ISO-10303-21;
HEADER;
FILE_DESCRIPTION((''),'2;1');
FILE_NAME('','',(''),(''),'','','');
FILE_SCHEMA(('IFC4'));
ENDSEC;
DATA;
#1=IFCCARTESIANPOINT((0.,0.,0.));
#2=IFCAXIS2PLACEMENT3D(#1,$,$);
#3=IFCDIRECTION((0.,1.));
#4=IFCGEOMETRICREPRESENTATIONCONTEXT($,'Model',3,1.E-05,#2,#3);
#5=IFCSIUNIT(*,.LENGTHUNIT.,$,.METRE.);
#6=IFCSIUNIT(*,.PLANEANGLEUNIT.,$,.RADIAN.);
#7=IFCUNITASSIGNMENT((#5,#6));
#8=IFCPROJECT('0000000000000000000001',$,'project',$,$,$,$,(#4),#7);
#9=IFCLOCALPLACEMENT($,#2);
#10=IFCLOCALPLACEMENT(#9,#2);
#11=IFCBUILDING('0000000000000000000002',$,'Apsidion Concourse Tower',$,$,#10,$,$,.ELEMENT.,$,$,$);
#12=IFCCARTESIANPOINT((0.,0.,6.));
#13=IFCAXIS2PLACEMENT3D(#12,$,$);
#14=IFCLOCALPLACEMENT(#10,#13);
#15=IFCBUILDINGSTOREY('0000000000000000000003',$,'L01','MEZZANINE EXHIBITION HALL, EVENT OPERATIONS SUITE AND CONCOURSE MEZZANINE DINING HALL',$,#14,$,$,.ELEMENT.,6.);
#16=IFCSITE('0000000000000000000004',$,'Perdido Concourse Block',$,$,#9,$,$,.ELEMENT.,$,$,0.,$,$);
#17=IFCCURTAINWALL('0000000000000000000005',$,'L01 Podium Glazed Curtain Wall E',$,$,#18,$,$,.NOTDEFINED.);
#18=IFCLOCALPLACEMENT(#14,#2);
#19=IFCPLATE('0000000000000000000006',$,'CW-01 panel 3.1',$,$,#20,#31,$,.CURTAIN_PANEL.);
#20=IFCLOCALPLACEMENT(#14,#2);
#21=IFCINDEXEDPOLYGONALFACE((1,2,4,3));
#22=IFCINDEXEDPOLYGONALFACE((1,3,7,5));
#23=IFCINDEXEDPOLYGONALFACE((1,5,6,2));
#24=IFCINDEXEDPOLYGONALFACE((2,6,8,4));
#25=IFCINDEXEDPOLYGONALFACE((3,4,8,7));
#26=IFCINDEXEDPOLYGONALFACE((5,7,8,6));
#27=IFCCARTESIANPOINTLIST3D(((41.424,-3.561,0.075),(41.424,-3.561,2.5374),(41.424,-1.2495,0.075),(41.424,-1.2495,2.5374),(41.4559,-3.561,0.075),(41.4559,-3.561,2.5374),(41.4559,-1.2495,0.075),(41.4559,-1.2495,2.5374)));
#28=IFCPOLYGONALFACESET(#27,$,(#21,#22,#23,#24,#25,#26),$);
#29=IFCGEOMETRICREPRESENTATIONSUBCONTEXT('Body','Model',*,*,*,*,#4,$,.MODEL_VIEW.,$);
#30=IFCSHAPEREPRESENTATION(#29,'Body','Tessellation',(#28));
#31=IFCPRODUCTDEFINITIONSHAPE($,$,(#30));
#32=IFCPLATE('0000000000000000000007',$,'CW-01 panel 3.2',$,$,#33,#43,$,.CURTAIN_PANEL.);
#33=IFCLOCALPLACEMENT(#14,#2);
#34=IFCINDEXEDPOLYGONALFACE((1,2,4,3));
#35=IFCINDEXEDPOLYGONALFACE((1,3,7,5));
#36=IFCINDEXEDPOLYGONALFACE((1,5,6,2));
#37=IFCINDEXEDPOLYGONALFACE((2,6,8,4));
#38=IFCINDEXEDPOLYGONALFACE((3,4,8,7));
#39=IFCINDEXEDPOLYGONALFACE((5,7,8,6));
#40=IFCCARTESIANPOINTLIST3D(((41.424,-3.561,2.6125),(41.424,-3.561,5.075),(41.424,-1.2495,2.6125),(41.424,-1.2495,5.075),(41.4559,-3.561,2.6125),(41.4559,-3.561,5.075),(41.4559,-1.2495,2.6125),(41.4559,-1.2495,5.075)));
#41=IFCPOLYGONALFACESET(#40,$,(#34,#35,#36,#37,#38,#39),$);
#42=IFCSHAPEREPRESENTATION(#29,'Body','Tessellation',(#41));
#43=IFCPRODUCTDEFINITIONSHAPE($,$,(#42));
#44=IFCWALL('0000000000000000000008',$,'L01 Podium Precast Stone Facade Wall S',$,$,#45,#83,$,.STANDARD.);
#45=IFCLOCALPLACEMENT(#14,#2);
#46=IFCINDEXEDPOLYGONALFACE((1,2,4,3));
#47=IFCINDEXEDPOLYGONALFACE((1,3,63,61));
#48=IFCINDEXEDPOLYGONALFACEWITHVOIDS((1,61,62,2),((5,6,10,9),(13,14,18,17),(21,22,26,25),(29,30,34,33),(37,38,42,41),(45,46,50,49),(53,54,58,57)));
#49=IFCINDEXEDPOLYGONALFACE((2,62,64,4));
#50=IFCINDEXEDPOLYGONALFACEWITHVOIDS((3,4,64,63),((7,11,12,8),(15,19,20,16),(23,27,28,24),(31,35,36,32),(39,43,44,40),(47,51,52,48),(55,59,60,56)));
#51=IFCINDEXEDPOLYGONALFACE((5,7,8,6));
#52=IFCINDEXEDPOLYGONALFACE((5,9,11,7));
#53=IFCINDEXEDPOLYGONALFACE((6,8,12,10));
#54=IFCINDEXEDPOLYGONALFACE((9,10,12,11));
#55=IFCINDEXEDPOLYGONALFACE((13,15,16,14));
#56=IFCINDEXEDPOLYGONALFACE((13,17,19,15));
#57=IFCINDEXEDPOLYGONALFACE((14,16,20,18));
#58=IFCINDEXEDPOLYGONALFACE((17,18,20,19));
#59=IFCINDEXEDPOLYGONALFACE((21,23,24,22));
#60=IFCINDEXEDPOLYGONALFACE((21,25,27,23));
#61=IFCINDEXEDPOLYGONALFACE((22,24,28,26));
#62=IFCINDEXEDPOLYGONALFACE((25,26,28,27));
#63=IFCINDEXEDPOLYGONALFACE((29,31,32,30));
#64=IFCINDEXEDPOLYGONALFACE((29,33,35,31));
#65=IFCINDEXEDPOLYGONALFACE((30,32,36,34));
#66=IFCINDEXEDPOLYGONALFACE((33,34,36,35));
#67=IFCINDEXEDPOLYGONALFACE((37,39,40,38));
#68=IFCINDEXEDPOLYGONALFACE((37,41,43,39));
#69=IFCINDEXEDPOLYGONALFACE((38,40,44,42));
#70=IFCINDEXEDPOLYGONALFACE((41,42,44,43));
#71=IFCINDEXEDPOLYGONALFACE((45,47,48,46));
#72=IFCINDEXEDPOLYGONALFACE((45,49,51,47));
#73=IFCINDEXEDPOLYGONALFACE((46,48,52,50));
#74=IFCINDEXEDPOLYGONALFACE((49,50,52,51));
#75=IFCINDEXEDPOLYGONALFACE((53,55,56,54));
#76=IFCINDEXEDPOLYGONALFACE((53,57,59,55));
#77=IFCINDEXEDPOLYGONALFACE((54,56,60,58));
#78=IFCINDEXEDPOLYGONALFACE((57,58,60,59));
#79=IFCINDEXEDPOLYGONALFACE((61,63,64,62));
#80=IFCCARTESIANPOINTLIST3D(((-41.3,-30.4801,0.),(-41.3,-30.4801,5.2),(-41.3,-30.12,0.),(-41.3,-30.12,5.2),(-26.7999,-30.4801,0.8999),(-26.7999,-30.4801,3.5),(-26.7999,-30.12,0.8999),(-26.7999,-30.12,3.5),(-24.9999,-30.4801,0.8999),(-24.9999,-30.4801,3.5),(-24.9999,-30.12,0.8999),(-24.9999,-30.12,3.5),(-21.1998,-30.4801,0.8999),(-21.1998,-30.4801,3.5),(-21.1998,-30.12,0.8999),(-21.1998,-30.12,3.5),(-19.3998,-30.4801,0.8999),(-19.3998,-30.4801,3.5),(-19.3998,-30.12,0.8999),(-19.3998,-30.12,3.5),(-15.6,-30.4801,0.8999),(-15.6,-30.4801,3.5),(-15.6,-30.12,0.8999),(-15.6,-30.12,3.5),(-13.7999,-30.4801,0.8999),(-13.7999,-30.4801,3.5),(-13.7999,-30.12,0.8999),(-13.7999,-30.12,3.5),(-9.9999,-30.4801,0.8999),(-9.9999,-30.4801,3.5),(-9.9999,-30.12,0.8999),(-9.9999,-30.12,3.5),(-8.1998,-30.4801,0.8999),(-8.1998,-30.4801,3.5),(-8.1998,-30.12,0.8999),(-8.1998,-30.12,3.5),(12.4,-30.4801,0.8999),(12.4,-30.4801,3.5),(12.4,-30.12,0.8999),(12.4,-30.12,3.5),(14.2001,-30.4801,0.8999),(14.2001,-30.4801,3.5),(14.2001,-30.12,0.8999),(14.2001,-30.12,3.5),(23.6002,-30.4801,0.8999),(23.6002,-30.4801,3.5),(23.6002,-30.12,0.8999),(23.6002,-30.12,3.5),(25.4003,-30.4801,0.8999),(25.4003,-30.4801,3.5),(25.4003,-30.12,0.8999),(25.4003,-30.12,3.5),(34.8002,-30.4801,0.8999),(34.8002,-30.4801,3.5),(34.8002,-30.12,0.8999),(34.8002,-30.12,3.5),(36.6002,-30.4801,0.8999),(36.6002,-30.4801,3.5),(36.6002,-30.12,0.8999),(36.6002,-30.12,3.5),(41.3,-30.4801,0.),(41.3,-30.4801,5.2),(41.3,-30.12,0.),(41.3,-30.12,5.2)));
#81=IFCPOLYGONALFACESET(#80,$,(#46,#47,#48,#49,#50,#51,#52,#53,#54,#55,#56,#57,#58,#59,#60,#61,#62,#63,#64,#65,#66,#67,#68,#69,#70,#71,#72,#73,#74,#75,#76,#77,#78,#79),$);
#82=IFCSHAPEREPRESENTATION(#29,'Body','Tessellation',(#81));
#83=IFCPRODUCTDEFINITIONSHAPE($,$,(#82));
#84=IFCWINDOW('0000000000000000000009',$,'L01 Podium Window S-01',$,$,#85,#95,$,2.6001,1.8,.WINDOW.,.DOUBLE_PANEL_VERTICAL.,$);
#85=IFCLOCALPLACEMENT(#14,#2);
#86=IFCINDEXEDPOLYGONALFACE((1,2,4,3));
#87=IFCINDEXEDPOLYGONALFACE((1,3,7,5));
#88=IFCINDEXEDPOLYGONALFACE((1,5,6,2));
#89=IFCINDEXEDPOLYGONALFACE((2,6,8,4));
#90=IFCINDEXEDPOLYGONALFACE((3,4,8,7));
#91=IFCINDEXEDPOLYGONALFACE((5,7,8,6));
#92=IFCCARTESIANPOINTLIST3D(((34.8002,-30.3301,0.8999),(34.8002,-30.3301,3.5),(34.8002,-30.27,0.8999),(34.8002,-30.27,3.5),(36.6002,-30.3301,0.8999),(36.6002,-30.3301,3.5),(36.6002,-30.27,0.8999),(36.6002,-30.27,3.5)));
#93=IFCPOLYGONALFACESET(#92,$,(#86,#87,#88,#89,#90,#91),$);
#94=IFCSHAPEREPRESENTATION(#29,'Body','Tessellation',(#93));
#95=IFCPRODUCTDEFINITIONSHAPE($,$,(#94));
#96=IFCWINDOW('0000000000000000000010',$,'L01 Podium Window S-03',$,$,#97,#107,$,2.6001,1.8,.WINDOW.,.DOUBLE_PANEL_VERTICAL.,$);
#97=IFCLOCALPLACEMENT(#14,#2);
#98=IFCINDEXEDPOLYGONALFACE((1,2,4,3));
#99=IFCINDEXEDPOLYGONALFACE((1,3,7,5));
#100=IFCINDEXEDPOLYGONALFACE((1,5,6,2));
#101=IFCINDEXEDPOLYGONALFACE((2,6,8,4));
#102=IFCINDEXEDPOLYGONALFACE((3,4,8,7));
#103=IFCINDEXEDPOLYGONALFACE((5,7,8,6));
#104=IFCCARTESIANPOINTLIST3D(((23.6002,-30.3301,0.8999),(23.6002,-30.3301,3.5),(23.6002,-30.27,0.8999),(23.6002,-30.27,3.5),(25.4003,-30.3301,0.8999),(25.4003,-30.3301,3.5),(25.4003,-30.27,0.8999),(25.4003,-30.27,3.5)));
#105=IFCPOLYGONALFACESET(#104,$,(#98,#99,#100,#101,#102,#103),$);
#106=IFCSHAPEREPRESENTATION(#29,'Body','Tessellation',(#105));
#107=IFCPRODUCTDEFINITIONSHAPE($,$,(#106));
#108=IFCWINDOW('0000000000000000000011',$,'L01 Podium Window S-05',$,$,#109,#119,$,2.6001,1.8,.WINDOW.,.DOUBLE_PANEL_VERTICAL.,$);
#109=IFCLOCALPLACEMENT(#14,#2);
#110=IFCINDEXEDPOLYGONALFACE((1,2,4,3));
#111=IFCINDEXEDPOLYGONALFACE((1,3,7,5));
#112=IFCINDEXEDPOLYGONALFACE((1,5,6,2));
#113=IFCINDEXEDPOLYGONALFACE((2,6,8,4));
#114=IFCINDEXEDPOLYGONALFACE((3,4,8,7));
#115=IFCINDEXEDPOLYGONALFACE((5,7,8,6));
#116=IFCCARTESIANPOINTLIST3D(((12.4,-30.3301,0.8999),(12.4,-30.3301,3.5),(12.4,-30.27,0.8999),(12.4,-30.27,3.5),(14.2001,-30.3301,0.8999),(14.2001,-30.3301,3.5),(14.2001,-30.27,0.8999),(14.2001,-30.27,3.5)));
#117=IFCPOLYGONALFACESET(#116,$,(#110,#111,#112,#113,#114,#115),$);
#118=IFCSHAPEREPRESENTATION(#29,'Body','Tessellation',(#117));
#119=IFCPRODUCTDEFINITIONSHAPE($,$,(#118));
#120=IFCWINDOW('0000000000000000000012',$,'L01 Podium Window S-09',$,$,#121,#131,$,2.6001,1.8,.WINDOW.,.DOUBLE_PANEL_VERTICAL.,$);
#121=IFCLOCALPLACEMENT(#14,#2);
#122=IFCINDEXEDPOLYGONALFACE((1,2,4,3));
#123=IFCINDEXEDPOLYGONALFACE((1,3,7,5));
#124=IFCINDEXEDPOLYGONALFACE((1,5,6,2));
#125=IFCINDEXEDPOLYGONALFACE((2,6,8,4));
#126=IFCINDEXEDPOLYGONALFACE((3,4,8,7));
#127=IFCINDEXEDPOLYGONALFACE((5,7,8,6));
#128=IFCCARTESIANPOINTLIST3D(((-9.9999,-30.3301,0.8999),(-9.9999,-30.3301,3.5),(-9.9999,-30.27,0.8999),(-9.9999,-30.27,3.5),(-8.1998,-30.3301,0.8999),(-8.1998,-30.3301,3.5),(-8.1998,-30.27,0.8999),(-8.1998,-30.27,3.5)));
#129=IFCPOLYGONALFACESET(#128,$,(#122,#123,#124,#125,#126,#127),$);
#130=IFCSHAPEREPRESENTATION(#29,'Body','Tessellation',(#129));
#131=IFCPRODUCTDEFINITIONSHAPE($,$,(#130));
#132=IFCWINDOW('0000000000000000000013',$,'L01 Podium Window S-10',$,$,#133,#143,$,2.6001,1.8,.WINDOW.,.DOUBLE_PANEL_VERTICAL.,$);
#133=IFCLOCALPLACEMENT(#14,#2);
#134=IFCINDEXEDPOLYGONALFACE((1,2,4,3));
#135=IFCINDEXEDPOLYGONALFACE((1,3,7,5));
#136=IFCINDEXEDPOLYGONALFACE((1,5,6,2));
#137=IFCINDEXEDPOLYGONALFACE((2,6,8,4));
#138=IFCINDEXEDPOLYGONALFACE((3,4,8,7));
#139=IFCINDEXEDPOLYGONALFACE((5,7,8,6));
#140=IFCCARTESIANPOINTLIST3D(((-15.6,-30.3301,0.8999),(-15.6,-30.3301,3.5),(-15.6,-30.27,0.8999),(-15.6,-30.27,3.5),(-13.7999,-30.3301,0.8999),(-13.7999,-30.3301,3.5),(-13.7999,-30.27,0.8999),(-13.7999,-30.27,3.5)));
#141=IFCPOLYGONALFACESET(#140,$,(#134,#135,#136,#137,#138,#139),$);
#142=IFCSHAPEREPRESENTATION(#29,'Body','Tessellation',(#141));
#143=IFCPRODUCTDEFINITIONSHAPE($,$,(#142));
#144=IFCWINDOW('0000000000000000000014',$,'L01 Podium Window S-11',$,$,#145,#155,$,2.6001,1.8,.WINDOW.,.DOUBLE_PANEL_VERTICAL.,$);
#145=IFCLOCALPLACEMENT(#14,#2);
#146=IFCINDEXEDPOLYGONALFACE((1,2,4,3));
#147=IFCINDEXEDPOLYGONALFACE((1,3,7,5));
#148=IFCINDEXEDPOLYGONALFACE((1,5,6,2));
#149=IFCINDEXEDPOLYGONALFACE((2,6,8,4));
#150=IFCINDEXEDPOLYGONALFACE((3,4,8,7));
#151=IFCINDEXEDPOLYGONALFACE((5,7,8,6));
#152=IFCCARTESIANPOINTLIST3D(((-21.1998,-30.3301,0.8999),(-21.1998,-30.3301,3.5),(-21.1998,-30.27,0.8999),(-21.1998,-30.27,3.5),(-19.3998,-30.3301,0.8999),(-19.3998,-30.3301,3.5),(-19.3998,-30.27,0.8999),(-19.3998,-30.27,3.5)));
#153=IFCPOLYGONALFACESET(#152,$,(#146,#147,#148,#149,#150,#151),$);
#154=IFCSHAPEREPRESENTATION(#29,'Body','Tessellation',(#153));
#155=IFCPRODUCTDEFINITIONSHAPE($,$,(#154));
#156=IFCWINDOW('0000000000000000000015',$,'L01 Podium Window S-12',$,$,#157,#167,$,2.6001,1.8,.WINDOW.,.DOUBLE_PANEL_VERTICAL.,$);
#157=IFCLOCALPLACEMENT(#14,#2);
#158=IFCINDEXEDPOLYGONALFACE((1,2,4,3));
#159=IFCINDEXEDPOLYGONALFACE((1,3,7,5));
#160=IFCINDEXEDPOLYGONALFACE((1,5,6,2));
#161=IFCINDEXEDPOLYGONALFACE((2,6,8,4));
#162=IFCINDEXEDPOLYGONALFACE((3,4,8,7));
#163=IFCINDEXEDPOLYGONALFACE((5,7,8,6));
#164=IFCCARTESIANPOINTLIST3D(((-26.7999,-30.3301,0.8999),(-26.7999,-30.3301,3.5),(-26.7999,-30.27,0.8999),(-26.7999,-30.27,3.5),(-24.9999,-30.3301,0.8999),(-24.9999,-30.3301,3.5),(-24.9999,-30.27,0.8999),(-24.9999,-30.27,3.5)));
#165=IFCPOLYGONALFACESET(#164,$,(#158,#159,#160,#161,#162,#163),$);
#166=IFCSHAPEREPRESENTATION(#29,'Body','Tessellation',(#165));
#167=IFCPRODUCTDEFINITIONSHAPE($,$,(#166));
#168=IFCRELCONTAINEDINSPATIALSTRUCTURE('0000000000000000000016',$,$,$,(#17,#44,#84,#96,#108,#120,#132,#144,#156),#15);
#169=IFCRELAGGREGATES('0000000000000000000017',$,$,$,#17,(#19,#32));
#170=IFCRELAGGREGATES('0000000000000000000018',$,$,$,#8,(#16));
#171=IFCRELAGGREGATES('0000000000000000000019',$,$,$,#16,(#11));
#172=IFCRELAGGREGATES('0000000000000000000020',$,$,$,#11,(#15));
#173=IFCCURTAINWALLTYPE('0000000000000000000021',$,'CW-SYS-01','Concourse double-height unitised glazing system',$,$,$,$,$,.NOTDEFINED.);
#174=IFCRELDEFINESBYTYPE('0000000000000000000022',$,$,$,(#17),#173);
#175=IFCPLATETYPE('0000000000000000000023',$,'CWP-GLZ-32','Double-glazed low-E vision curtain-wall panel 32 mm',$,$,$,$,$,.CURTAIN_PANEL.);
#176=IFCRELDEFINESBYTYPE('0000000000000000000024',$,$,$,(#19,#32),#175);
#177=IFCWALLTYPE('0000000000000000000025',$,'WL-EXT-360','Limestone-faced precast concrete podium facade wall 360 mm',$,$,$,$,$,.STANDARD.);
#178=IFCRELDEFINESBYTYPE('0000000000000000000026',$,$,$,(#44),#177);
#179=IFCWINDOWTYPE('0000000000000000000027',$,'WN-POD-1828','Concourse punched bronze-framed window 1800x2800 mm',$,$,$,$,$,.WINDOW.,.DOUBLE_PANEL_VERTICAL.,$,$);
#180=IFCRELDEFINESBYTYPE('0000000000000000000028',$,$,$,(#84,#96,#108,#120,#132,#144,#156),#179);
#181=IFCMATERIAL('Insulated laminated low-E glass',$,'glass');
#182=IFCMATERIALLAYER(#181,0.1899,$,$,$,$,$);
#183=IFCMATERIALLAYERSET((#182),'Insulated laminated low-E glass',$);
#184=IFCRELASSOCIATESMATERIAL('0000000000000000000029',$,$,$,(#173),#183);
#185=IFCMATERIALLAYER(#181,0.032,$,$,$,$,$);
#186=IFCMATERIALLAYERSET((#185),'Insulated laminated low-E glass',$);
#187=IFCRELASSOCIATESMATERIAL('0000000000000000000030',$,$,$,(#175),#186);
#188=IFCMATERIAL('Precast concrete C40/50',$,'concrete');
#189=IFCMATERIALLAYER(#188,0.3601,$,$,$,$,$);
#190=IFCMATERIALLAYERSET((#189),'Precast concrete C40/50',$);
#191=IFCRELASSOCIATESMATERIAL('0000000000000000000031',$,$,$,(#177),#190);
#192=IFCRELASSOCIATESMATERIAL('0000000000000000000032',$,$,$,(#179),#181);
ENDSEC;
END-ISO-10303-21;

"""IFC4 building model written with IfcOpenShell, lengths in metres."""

from ifc_helpers import new_model, si_unit, direction, frame, frame_2d, origin, origin_2d, place, context, subcontext, project, spatial, rectangle, extrude, material, layer, layer_set, type_object, element, fill, aggregate, save


model = new_model("IFC4")

# Units and contexts
model_context = context("Model", 3, precision=1e-05, world=origin(), true_north=direction((0.0, 1.0)))
body_context = subcontext(model_context, "Body", "Model", "MODEL_VIEW")
ifc_project = project(units=[si_unit("LENGTHUNIT", "METRE"), si_unit("PLANEANGLEUNIT", "RADIAN")], contexts=[model_context])

# Site, building, storey
site_placement = place(None, origin())
site = spatial("IfcSite", under=ifc_project, at=site_placement, Name="Perdido Concourse Block", CompositionType="ELEMENT", RefElevation=0.0)
building_placement = place(site_placement, origin())
building = spatial("IfcBuilding", under=site, at=building_placement, Name="Apsidion Concourse Tower", CompositionType="ELEMENT")
storey_placement = place(building_placement, frame((0.0, 0.0, 6.0)))
storey = spatial("IfcBuildingStorey", under=building, at=storey_placement, Name="L01", Description="MEZZANINE EXHIBITION HALL, EVENT OPERATIONS SUITE AND CONCOURSE MEZZANINE DINING HALL", CompositionType="ELEMENT", Elevation=6.0)

# Curtain wall, plates
ifc_material_1 = material(Name="Insulated laminated low-E glass", Category="glass")
ifc_layer_1 = layer(ifc_material_1, 0.1899)
ifc_layer_set_1 = layer_set([ifc_layer_1], Name="Insulated laminated low-E glass")
curtain_wall_type = type_object("IfcCurtainWallType", Name="CW-SYS-01", Description="Concourse double-height unitised glazing system", PredefinedType="NOTDEFINED", material=ifc_layer_set_1)
curtain_wall_placement = place(storey_placement, origin())
curtain_wall = element("IfcCurtainWall", 1, at=curtain_wall_placement, inside=storey, type_object=curtain_wall_type, Name="L01 Podium Glazed Curtain Wall E", PredefinedType="NOTDEFINED")
ifc_layer_2 = layer(ifc_material_1, 0.032)
ifc_layer_set_2 = layer_set([ifc_layer_2], Name="Insulated laminated low-E glass")
plate_type = type_object("IfcPlateType", Name="CWP-GLZ-32", Description="Double-glazed low-E vision curtain-wall panel 32 mm", PredefinedType="CURTAIN_PANEL", material=ifc_layer_set_2)
plate_1_placement = place(storey_placement, frame((41.4399, -2.4053, 0.075), z_axis=(0.0, 0.0, 1.0), x_axis=(0.0, -1.0, 0.0)))
plate_1 = element("IfcPlate", 2, at=plate_1_placement, type_object=plate_type, Name="CW-01 panel 3.1", PredefinedType="CURTAIN_PANEL", context=body_context, shape_type="SweptSolid", body=[
    extrude(rectangle(XDim=2.3115, YDim=0.032, at=origin_2d()), origin(), (0.0, 0.0, 1.0), 2.4624),
])
plate_2_placement = place(storey_placement, frame((41.4399, -2.4053, 2.6125), z_axis=(0.0, 0.0, 1.0), x_axis=(0.0, -1.0, 0.0)))
plate_2 = element("IfcPlate", 3, at=plate_2_placement, type_object=plate_type, Name="CW-01 panel 3.2", PredefinedType="CURTAIN_PANEL", context=body_context, shape_type="SweptSolid", body=[
    extrude(rectangle(XDim=2.3115, YDim=0.032, at=origin_2d()), origin(), (0.0, 0.0, 1.0), 2.4624),
])
aggregate(curtain_wall, [plate_1, plate_2])

# Wall, openings, windows
ifc_material_2 = material(Name="Precast concrete C40/50", Category="concrete")
ifc_layer_3 = layer(ifc_material_2, 0.3601)
ifc_layer_set_3 = layer_set([ifc_layer_3], Name="Precast concrete C40/50")
wall_type_1 = type_object("IfcWallType", Name="WL-EXT-360", Description="Limestone-faced precast concrete podium facade wall 360 mm", PredefinedType="STANDARD", material=ifc_layer_set_3)
wall_1_placement = place(storey_placement, frame((41.3, -30.3, 0.0), z_axis=(0.0, 0.0, 1.0), x_axis=(-1.0, 0.0, 0.0)))
wall_1 = element("IfcWall", 4, at=wall_1_placement, inside=storey, type_object=wall_type_1, Name="L01 Podium Precast Stone Facade Wall S", PredefinedType="STANDARD", context=body_context, shape_type="SweptSolid", body=[
    extrude(rectangle(XDim=82.6001, YDim=0.3601, at=frame_2d((41.3, 0.0))), origin(), (0.0, 0.0, 1.0), 5.2),
])
opening_1_placement = place(wall_1_placement, frame((4.7, 0.0, 0.8999)))
opening_1 = element("IfcOpeningElement", 5, at=opening_1_placement, cuts=wall_1, PredefinedType="OPENING", context=body_context, shape_type="SweptSolid", body=[
    extrude(rectangle(XDim=1.8, YDim=2.6001, at=frame_2d((0.8999, 1.3))), frame((0.0, 0.1899, 0.0), z_axis=(0.0, -1.0, 0.0), x_axis=(1.0, 0.0, 0.0)), (0.0, 0.0, 1.0), 0.3801),
])
opening_2_placement = place(wall_1_placement, frame((15.8999, 0.0, 0.8999)))
opening_2 = element("IfcOpeningElement", 6, at=opening_2_placement, cuts=wall_1, PredefinedType="OPENING", context=body_context, shape_type="SweptSolid", body=[
    extrude(rectangle(XDim=1.8, YDim=2.6001, at=frame_2d((0.8999, 1.3))), frame((0.0, 0.1899, 0.0), z_axis=(0.0, -1.0, 0.0), x_axis=(1.0, 0.0, 0.0)), (0.0, 0.0, 1.0), 0.3801),
])
opening_3_placement = place(wall_1_placement, frame((27.1001, 0.0, 0.8999)))
opening_3 = element("IfcOpeningElement", 7, at=opening_3_placement, cuts=wall_1, PredefinedType="OPENING", context=body_context, shape_type="SweptSolid", body=[
    extrude(rectangle(XDim=1.8, YDim=2.6001, at=frame_2d((0.8999, 1.3))), frame((0.0, 0.1899, 0.0), z_axis=(0.0, -1.0, 0.0), x_axis=(1.0, 0.0, 0.0)), (0.0, 0.0, 1.0), 0.3801),
])
opening_4_placement = place(wall_1_placement, frame((49.5, 0.0, 0.8999)))
opening_4 = element("IfcOpeningElement", 8, at=opening_4_placement, cuts=wall_1, PredefinedType="OPENING", context=body_context, shape_type="SweptSolid", body=[
    extrude(rectangle(XDim=1.8, YDim=2.6001, at=frame_2d((0.8999, 1.3))), frame((0.0, 0.1899, 0.0), z_axis=(0.0, -1.0, 0.0), x_axis=(1.0, 0.0, 0.0)), (0.0, 0.0, 1.0), 0.3801),
])
opening_5_placement = place(wall_1_placement, frame((55.1001, 0.0, 0.8999)))
opening_5 = element("IfcOpeningElement", 9, at=opening_5_placement, cuts=wall_1, PredefinedType="OPENING", context=body_context, shape_type="SweptSolid", body=[
    extrude(rectangle(XDim=1.8, YDim=2.6001, at=frame_2d((0.8999, 1.3))), frame((0.0, 0.1899, 0.0), z_axis=(0.0, -1.0, 0.0), x_axis=(1.0, 0.0, 0.0)), (0.0, 0.0, 1.0), 0.3801),
])
opening_6_placement = place(wall_1_placement, frame((60.7, 0.0, 0.8999)))
opening_6 = element("IfcOpeningElement", 10, at=opening_6_placement, cuts=wall_1, PredefinedType="OPENING", context=body_context, shape_type="SweptSolid", body=[
    extrude(rectangle(XDim=1.8, YDim=2.6001, at=frame_2d((0.8999, 1.3))), frame((0.0, 0.1899, 0.0), z_axis=(0.0, -1.0, 0.0), x_axis=(1.0, 0.0, 0.0)), (0.0, 0.0, 1.0), 0.3801),
])
opening_7_placement = place(wall_1_placement, frame((66.3, 0.0, 0.8999)))
opening_7 = element("IfcOpeningElement", 11, at=opening_7_placement, cuts=wall_1, PredefinedType="OPENING", context=body_context, shape_type="SweptSolid", body=[
    extrude(rectangle(XDim=1.8, YDim=2.6001, at=frame_2d((0.8999, 1.3))), frame((0.0, 0.1899, 0.0), z_axis=(0.0, -1.0, 0.0), x_axis=(1.0, 0.0, 0.0)), (0.0, 0.0, 1.0), 0.3801),
])
window_type = type_object("IfcWindowType", Name="WN-POD-1828", Description="Concourse punched bronze-framed window 1800x2800 mm", PartitioningType="DOUBLE_PANEL_VERTICAL", PredefinedType="WINDOW", material=ifc_material_1)
window_1_placement = place(opening_1_placement, origin())
window_1 = element("IfcWindow", 12, at=window_1_placement, inside=storey, type_object=window_type, Name="L01 Podium Window S-01", OverallHeight=2.6001, OverallWidth=1.8, PartitioningType="DOUBLE_PANEL_VERTICAL", PredefinedType="WINDOW", context=body_context, shape_type="SweptSolid", body=[
    extrude(rectangle(XDim=1.8, YDim=2.6001, at=frame_2d((0.8999, 1.3))), frame((0.0, 0.03, 0.0), z_axis=(0.0, -1.0, 0.0), x_axis=(1.0, 0.0, 0.0)), (0.0, 0.0, 1.0), 0.0601),
])
fill(opening_1, window_1)
window_2_placement = place(opening_2_placement, origin())
window_2 = element("IfcWindow", 13, at=window_2_placement, inside=storey, type_object=window_type, Name="L01 Podium Window S-03", OverallHeight=2.6001, OverallWidth=1.8, PartitioningType="DOUBLE_PANEL_VERTICAL", PredefinedType="WINDOW", context=body_context, shape_type="SweptSolid", body=[
    extrude(rectangle(XDim=1.8, YDim=2.6001, at=frame_2d((0.8999, 1.3))), frame((0.0, 0.03, 0.0), z_axis=(0.0, -1.0, 0.0), x_axis=(1.0, 0.0, 0.0)), (0.0, 0.0, 1.0), 0.0601),
])
fill(opening_2, window_2)
window_3_placement = place(opening_3_placement, origin())
window_3 = element("IfcWindow", 14, at=window_3_placement, inside=storey, type_object=window_type, Name="L01 Podium Window S-05", OverallHeight=2.6001, OverallWidth=1.8, PartitioningType="DOUBLE_PANEL_VERTICAL", PredefinedType="WINDOW", context=body_context, shape_type="SweptSolid", body=[
    extrude(rectangle(XDim=1.8, YDim=2.6001, at=frame_2d((0.8999, 1.3))), frame((0.0, 0.03, 0.0), z_axis=(0.0, -1.0, 0.0), x_axis=(1.0, 0.0, 0.0)), (0.0, 0.0, 1.0), 0.0601),
])
fill(opening_3, window_3)
window_4_placement = place(opening_4_placement, origin())
window_4 = element("IfcWindow", 15, at=window_4_placement, inside=storey, type_object=window_type, Name="L01 Podium Window S-09", OverallHeight=2.6001, OverallWidth=1.8, PartitioningType="DOUBLE_PANEL_VERTICAL", PredefinedType="WINDOW", context=body_context, shape_type="SweptSolid", body=[
    extrude(rectangle(XDim=1.8, YDim=2.6001, at=frame_2d((0.8999, 1.3))), frame((0.0, 0.03, 0.0), z_axis=(0.0, -1.0, 0.0), x_axis=(1.0, 0.0, 0.0)), (0.0, 0.0, 1.0), 0.0601),
])
fill(opening_4, window_4)
window_5_placement = place(opening_5_placement, origin())
window_5 = element("IfcWindow", 16, at=window_5_placement, inside=storey, type_object=window_type, Name="L01 Podium Window S-10", OverallHeight=2.6001, OverallWidth=1.8, PartitioningType="DOUBLE_PANEL_VERTICAL", PredefinedType="WINDOW", context=body_context, shape_type="SweptSolid", body=[
    extrude(rectangle(XDim=1.8, YDim=2.6001, at=frame_2d((0.8999, 1.3))), frame((0.0, 0.03, 0.0), z_axis=(0.0, -1.0, 0.0), x_axis=(1.0, 0.0, 0.0)), (0.0, 0.0, 1.0), 0.0601),
])
fill(opening_5, window_5)
window_6_placement = place(opening_6_placement, origin())
window_6 = element("IfcWindow", 17, at=window_6_placement, inside=storey, type_object=window_type, Name="L01 Podium Window S-11", OverallHeight=2.6001, OverallWidth=1.8, PartitioningType="DOUBLE_PANEL_VERTICAL", PredefinedType="WINDOW", context=body_context, shape_type="SweptSolid", body=[
    extrude(rectangle(XDim=1.8, YDim=2.6001, at=frame_2d((0.8999, 1.3))), frame((0.0, 0.03, 0.0), z_axis=(0.0, -1.0, 0.0), x_axis=(1.0, 0.0, 0.0)), (0.0, 0.0, 1.0), 0.0601),
])
fill(opening_6, window_6)
window_7_placement = place(opening_7_placement, origin())
window_7 = element("IfcWindow", 18, at=window_7_placement, inside=storey, type_object=window_type, Name="L01 Podium Window S-12", OverallHeight=2.6001, OverallWidth=1.8, PartitioningType="DOUBLE_PANEL_VERTICAL", PredefinedType="WINDOW", context=body_context, shape_type="SweptSolid", body=[
    extrude(rectangle(XDim=1.8, YDim=2.6001, at=frame_2d((0.8999, 1.3))), frame((0.0, 0.03, 0.0), z_axis=(0.0, -1.0, 0.0), x_axis=(1.0, 0.0, 0.0)), (0.0, 0.0, 1.0), 0.0601),
])
fill(opening_7, window_7)

save(model, "model.ifc")
